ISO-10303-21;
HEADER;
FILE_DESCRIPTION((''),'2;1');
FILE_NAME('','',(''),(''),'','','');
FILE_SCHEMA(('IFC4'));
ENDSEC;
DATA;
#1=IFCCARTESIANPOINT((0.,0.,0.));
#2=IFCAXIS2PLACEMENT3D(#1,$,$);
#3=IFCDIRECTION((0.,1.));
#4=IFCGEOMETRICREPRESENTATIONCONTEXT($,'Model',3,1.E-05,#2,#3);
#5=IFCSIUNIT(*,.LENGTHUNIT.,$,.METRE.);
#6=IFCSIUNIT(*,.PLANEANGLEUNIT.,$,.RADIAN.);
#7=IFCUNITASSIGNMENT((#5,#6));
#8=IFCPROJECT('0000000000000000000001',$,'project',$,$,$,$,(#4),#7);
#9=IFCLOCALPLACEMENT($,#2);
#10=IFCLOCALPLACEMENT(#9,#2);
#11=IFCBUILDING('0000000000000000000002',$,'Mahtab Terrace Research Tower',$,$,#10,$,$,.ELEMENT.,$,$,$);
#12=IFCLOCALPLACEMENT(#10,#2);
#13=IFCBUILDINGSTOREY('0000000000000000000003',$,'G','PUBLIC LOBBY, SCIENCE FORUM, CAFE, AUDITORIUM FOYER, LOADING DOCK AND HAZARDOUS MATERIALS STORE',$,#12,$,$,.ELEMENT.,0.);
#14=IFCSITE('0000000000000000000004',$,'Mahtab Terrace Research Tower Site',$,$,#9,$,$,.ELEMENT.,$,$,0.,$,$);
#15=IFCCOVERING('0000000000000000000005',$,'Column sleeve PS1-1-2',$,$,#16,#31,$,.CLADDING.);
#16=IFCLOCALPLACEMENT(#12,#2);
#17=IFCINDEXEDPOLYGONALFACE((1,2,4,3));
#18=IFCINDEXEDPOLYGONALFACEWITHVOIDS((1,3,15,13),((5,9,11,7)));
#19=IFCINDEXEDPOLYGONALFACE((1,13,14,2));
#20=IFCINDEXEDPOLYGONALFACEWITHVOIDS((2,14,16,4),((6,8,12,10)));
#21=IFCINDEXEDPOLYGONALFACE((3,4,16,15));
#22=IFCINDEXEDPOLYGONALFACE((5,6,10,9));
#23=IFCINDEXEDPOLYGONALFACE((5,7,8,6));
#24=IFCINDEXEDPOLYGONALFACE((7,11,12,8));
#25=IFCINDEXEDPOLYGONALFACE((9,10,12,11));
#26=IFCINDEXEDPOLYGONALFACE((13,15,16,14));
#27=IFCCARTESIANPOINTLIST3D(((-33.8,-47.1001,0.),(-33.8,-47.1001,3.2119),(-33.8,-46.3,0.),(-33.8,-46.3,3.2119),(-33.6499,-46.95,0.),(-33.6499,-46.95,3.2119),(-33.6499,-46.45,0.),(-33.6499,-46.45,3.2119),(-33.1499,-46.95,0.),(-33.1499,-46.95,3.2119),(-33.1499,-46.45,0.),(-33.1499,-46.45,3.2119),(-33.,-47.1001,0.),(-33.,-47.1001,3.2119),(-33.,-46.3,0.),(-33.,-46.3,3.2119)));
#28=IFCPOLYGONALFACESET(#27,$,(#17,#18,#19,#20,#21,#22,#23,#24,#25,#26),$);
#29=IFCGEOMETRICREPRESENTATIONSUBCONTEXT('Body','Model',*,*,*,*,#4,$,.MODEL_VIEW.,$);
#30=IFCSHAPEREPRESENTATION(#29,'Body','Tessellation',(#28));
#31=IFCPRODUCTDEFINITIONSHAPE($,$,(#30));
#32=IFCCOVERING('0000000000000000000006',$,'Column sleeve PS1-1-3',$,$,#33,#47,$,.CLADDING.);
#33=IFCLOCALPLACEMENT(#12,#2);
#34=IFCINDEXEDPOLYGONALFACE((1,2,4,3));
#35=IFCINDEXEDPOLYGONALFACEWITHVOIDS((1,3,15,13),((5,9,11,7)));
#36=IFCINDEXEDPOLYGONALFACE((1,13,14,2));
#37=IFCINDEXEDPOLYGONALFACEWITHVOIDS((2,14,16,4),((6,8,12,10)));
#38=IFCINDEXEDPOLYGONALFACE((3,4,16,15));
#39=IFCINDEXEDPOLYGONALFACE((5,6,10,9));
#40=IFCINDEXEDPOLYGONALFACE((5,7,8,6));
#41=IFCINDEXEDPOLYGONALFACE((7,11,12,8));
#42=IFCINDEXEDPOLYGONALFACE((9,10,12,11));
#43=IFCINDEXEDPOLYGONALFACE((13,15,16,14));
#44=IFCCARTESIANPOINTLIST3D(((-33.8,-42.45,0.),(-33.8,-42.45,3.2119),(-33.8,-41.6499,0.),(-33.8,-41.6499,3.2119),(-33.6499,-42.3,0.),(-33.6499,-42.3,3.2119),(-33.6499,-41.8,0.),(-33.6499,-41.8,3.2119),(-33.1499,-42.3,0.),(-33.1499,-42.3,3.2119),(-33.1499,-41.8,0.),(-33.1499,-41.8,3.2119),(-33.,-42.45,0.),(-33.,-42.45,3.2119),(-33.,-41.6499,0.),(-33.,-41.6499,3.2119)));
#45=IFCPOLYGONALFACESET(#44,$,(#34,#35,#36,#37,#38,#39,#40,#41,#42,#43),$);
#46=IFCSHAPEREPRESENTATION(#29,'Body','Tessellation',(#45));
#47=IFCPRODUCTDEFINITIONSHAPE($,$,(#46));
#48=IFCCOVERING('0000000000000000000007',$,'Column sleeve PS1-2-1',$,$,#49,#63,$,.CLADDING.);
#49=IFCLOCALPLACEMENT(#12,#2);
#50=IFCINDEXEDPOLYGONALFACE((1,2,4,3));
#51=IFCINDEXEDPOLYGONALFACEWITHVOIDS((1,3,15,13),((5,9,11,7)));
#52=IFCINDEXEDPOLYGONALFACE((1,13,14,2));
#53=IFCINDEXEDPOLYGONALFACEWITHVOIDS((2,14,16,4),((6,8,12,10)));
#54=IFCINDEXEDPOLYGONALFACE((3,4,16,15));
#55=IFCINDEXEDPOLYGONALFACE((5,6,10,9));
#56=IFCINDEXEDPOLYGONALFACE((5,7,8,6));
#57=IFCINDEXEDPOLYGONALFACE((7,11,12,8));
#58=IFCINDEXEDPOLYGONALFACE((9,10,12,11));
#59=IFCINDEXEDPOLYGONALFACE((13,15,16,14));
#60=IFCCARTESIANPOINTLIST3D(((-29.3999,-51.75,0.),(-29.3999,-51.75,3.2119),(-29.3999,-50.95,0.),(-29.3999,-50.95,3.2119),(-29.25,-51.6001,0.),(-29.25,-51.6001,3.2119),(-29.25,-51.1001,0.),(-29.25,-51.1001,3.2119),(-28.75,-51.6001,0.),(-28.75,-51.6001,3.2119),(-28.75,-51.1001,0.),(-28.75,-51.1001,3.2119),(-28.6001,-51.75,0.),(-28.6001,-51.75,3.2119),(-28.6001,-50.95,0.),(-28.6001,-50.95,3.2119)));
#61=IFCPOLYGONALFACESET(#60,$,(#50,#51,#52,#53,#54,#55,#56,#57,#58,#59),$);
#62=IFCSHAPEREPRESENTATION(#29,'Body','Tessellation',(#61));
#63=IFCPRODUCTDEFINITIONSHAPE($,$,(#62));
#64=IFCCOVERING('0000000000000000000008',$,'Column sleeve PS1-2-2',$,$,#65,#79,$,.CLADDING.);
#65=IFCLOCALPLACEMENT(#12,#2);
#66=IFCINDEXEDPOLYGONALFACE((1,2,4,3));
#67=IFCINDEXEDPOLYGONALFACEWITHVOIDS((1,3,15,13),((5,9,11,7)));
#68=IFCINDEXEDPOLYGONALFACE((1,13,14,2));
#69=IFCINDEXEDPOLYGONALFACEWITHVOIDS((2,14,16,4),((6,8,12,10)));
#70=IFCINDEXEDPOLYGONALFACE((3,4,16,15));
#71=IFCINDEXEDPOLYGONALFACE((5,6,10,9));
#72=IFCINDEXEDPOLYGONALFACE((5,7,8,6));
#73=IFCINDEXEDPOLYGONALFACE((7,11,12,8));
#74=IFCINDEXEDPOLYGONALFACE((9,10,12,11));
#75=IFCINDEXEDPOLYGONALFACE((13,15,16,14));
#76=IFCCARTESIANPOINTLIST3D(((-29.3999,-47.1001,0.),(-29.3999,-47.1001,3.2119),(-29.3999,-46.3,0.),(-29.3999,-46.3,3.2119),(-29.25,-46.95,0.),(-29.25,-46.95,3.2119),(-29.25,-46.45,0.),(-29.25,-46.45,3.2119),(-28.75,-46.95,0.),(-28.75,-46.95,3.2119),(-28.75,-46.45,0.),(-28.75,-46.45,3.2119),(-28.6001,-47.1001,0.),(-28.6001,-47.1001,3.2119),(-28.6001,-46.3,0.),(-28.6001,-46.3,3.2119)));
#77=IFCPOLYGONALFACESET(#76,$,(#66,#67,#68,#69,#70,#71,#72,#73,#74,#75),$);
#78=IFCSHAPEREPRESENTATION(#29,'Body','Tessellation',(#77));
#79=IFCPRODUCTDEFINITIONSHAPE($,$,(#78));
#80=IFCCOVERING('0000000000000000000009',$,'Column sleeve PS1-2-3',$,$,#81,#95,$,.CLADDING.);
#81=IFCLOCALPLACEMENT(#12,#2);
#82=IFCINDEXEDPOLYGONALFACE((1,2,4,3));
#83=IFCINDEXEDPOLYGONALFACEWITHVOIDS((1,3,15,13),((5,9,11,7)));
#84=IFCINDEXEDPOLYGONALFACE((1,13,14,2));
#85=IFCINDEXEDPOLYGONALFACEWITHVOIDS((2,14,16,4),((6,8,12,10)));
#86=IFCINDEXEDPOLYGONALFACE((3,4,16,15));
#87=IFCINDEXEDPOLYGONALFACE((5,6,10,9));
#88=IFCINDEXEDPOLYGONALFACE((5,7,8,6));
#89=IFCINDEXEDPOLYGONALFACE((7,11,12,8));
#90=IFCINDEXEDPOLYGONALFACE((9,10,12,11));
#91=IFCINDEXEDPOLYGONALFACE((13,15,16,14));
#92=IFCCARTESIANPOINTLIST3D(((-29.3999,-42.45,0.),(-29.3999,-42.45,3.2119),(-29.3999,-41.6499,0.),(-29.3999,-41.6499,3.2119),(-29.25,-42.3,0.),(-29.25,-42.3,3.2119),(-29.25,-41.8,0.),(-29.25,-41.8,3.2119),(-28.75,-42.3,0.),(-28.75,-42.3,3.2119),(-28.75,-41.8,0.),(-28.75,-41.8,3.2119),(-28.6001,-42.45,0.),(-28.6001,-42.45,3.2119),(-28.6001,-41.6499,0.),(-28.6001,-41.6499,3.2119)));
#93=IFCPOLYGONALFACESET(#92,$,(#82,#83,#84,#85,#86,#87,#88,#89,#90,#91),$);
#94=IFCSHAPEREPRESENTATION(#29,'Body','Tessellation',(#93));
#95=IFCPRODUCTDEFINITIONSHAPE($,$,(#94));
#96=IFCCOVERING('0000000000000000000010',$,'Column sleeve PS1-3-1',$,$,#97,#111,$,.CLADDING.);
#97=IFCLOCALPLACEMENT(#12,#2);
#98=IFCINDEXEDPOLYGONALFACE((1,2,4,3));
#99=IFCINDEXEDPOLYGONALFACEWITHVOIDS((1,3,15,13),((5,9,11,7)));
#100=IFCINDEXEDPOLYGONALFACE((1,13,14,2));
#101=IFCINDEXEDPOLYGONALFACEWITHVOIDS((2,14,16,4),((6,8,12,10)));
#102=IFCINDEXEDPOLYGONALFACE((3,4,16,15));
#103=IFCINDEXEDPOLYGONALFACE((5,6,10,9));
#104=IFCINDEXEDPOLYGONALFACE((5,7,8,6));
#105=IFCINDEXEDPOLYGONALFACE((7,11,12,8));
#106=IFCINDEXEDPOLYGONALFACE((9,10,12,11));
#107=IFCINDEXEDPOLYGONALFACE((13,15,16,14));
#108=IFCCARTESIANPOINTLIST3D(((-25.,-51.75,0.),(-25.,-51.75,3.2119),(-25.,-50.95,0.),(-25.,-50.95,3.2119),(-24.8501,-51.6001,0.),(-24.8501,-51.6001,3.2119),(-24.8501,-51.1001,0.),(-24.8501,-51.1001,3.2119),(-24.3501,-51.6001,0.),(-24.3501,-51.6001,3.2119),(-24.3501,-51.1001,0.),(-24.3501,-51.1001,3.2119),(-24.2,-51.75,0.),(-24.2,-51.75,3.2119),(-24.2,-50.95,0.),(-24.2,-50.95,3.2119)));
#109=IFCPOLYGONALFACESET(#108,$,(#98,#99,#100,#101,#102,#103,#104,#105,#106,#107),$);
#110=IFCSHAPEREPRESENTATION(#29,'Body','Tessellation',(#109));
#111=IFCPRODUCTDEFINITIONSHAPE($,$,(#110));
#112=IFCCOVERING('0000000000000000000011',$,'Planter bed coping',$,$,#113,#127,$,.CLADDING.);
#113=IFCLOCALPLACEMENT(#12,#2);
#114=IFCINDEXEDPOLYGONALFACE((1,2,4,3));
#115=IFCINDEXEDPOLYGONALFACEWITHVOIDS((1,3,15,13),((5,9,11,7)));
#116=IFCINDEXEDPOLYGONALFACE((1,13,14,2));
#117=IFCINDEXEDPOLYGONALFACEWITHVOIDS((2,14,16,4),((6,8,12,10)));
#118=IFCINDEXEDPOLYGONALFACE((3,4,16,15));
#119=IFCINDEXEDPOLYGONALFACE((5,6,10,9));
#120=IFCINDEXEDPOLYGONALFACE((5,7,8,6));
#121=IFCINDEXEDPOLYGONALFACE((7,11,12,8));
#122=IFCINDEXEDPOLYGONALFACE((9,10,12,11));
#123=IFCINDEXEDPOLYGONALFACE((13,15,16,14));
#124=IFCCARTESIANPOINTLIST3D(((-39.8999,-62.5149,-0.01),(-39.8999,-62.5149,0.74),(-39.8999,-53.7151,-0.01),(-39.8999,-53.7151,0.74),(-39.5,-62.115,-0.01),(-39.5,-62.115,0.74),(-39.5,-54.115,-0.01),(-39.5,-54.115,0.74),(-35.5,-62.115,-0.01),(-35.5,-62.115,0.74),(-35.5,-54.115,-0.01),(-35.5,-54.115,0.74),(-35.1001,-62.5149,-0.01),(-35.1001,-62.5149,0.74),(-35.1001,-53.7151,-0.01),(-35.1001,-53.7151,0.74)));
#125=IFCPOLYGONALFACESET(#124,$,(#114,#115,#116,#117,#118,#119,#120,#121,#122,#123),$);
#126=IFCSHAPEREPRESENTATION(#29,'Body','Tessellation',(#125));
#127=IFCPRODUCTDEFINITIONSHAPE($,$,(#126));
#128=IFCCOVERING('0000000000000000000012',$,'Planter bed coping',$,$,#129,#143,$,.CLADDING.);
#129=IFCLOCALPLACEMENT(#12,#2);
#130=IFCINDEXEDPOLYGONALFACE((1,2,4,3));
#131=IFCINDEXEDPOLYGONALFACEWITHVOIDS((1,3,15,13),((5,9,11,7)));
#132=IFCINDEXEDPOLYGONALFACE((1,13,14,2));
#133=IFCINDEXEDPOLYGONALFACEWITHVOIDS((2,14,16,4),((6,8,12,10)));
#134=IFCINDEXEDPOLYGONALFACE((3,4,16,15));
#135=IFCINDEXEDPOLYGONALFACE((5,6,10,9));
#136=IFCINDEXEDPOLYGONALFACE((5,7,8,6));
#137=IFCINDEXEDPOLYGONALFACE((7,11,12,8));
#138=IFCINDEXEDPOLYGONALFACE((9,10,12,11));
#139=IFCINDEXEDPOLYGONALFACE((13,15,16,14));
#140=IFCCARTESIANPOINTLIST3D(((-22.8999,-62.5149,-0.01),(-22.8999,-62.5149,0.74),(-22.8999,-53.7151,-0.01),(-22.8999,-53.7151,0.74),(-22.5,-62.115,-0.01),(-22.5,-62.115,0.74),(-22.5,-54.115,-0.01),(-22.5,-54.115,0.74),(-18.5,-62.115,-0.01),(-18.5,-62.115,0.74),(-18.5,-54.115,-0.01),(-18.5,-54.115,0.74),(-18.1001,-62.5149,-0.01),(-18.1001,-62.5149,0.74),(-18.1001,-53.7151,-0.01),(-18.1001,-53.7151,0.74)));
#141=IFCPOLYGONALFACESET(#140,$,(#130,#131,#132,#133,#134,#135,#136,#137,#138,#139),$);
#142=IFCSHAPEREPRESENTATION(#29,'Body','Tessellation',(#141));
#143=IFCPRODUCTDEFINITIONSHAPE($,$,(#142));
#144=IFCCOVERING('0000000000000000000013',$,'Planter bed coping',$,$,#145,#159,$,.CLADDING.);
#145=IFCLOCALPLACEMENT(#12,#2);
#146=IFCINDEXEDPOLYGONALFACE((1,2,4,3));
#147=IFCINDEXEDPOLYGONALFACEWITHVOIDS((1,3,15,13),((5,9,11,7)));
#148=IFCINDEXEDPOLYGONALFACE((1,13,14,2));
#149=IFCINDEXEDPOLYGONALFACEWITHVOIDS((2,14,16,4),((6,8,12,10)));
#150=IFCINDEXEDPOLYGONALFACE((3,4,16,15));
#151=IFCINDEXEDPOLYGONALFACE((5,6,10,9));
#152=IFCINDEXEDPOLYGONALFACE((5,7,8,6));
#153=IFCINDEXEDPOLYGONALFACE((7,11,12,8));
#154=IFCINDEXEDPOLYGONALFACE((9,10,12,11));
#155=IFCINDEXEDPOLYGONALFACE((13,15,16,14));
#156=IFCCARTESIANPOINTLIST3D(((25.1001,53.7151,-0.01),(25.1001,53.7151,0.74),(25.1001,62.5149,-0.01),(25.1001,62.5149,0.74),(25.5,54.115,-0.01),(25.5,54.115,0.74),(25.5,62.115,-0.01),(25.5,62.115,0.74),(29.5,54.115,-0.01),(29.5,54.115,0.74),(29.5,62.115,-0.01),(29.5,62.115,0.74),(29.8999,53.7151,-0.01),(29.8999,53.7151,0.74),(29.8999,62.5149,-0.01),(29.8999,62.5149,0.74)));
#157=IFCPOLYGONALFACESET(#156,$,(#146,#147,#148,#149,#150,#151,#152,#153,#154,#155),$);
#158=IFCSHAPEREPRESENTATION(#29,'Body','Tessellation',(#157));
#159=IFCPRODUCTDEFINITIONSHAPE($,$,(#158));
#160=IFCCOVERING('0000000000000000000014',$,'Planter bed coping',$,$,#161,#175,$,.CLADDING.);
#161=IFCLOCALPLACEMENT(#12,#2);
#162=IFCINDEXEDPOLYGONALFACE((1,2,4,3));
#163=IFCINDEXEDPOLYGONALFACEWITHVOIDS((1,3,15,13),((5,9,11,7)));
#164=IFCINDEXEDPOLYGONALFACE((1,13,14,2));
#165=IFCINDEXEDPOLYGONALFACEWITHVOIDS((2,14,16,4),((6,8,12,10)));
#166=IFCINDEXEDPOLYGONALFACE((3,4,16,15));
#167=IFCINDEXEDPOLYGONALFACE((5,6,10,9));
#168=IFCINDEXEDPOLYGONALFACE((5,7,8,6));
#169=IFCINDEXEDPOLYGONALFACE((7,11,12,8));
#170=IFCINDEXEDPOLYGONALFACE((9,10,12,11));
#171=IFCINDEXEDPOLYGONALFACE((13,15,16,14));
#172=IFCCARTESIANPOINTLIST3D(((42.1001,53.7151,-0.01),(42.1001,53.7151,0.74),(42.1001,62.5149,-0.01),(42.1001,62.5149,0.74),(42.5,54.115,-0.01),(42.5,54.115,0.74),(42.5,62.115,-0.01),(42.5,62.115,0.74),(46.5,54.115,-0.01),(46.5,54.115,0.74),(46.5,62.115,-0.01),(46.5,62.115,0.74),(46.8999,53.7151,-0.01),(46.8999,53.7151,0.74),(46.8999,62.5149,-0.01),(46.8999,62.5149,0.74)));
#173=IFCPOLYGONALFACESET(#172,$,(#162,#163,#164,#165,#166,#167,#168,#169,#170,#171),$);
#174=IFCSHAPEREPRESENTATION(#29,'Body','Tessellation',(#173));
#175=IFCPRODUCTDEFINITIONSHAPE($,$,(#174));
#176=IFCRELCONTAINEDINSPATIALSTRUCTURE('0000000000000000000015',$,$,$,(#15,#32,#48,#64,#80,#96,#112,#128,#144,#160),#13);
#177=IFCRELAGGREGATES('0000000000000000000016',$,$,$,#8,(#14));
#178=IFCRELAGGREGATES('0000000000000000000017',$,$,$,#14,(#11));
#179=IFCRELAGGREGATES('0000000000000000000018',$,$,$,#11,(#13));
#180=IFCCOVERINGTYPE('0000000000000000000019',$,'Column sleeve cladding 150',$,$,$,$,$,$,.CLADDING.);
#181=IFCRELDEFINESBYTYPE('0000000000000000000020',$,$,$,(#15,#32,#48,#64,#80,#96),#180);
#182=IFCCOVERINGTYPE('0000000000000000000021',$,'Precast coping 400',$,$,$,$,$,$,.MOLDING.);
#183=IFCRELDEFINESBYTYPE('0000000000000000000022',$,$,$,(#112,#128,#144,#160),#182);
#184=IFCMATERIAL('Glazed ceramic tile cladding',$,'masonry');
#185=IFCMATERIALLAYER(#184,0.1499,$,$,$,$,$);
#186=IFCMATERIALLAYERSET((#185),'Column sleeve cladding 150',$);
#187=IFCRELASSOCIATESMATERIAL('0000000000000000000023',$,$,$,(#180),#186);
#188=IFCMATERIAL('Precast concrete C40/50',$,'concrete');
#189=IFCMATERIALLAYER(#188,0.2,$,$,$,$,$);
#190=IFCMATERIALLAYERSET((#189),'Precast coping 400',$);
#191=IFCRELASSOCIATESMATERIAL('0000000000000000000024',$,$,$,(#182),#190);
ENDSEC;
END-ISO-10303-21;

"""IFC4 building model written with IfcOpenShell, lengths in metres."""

from ifc_helpers import new_model, si_unit, direction, frame, origin, place, context, subcontext, project, spatial, polyline, outline, extrude, material, layer, layer_set, type_object, element, save


model = new_model("IFC4")

# Units and contexts
model_context = context("Model", 3, precision=1e-05, world=origin(), true_north=direction((0.0, 1.0)))
body_context = subcontext(model_context, "Body", "Model", "MODEL_VIEW")
ifc_project = project(units=[si_unit("LENGTHUNIT", "METRE"), si_unit("PLANEANGLEUNIT", "RADIAN")], contexts=[model_context])

# Site, building, storey
site_placement = place(None, origin())
site = spatial("IfcSite", under=ifc_project, at=site_placement, Name="Mahtab Terrace Research Tower Site", CompositionType="ELEMENT", RefElevation=0.0)
building_placement = place(site_placement, origin())
building = spatial("IfcBuilding", under=site, at=building_placement, Name="Mahtab Terrace Research Tower", CompositionType="ELEMENT")
storey_placement = place(building_placement, origin())
storey = spatial("IfcBuildingStorey", under=building, at=storey_placement, Name="G", Description="PUBLIC LOBBY, SCIENCE FORUM, CAFE, AUDITORIUM FOYER, LOADING DOCK AND HAZARDOUS MATERIALS STORE", CompositionType="ELEMENT", Elevation=0.0)

# Coverings
ifc_material_1 = material(Name="Glazed ceramic tile cladding", Category="masonry")
ifc_layer_1 = layer(ifc_material_1, 0.1499)
ifc_layer_set_1 = layer_set([ifc_layer_1], Name="Column sleeve cladding 150")
covering_type_1 = type_object("IfcCoveringType", Name="Column sleeve cladding 150", PredefinedType="CLADDING", material=ifc_layer_set_1)
covering_1_placement = place(storey_placement, origin())
element("IfcCovering", 1, at=covering_1_placement, inside=storey, type_object=covering_type_1, Name="Column sleeve PS1-1-2", PredefinedType="CLADDING", context=body_context, shape_type="SweptSolid", body=[
    extrude(outline(polyline([(-33.8, -47.1001), (-33.0, -47.1001), (-33.0, -46.3), (-33.8, -46.3), (-33.8, -47.1001)]), holes=[polyline([(-33.6499, -46.95), (-33.1499, -46.95), (-33.1499, -46.45), (-33.6499, -46.45), (-33.6499, -46.95)])]), origin(), (0.0, 0.0, 1.0), 3.2119),
])
covering_2_placement = place(storey_placement, origin())
element("IfcCovering", 2, at=covering_2_placement, inside=storey, type_object=covering_type_1, Name="Column sleeve PS1-1-3", PredefinedType="CLADDING", context=body_context, shape_type="SweptSolid", body=[
    extrude(outline(polyline([(-33.8, -42.45), (-33.0, -42.45), (-33.0, -41.6499), (-33.8, -41.6499), (-33.8, -42.45)]), holes=[polyline([(-33.6499, -42.3), (-33.1499, -42.3), (-33.1499, -41.8), (-33.6499, -41.8), (-33.6499, -42.3)])]), origin(), (0.0, 0.0, 1.0), 3.2119),
])
covering_3_placement = place(storey_placement, origin())
element("IfcCovering", 3, at=covering_3_placement, inside=storey, type_object=covering_type_1, Name="Column sleeve PS1-2-1", PredefinedType="CLADDING", context=body_context, shape_type="SweptSolid", body=[
    extrude(outline(polyline([(-29.3999, -51.75), (-28.6001, -51.75), (-28.6001, -50.95), (-29.3999, -50.95), (-29.3999, -51.75)]), holes=[polyline([(-29.25, -51.6001), (-28.75, -51.6001), (-28.75, -51.1001), (-29.25, -51.1001), (-29.25, -51.6001)])]), origin(), (0.0, 0.0, 1.0), 3.2119),
])
covering_4_placement = place(storey_placement, origin())
element("IfcCovering", 4, at=covering_4_placement, inside=storey, type_object=covering_type_1, Name="Column sleeve PS1-2-2", PredefinedType="CLADDING", context=body_context, shape_type="SweptSolid", body=[
    extrude(outline(polyline([(-29.3999, -47.1001), (-28.6001, -47.1001), (-28.6001, -46.3), (-29.3999, -46.3), (-29.3999, -47.1001)]), holes=[polyline([(-29.25, -46.95), (-28.75, -46.95), (-28.75, -46.45), (-29.25, -46.45), (-29.25, -46.95)])]), origin(), (0.0, 0.0, 1.0), 3.2119),
])
covering_5_placement = place(storey_placement, origin())
element("IfcCovering", 5, at=covering_5_placement, inside=storey, type_object=covering_type_1, Name="Column sleeve PS1-2-3", PredefinedType="CLADDING", context=body_context, shape_type="SweptSolid", body=[
    extrude(outline(polyline([(-29.3999, -42.45), (-28.6001, -42.45), (-28.6001, -41.6499), (-29.3999, -41.6499), (-29.3999, -42.45)]), holes=[polyline([(-29.25, -42.3), (-28.75, -42.3), (-28.75, -41.8), (-29.25, -41.8), (-29.25, -42.3)])]), origin(), (0.0, 0.0, 1.0), 3.2119),
])
covering_6_placement = place(storey_placement, origin())
element("IfcCovering", 6, at=covering_6_placement, inside=storey, type_object=covering_type_1, Name="Column sleeve PS1-3-1", PredefinedType="CLADDING", context=body_context, shape_type="SweptSolid", body=[
    extrude(outline(polyline([(-25.0, -51.75), (-24.2, -51.75), (-24.2, -50.95), (-25.0, -50.95), (-25.0, -51.75)]), holes=[polyline([(-24.8501, -51.6001), (-24.3501, -51.6001), (-24.3501, -51.1001), (-24.8501, -51.1001), (-24.8501, -51.6001)])]), origin(), (0.0, 0.0, 1.0), 3.2119),
])
ifc_material_2 = material(Name="Precast concrete C40/50", Category="concrete")
ifc_layer_2 = layer(ifc_material_2, 0.2)
ifc_layer_set_2 = layer_set([ifc_layer_2], Name="Precast coping 400")
covering_type_2 = type_object("IfcCoveringType", Name="Precast coping 400", PredefinedType="MOLDING", material=ifc_layer_set_2)
covering_7_placement = place(storey_placement, frame((0.0, 0.0, -0.01)))
element("IfcCovering", 7, at=covering_7_placement, inside=storey, type_object=covering_type_2, Name="Planter bed coping", PredefinedType="CLADDING", context=body_context, shape_type="SweptSolid", body=[
    extrude(outline(polyline([(-39.8999, -62.5149), (-39.8999, -53.7151), (-35.1001, -53.7151), (-35.1001, -62.5149), (-39.8999, -62.5149)]), holes=[polyline([(-35.5, -54.115), (-39.5, -54.115), (-39.5, -62.115), (-35.5, -62.115), (-35.5, -54.115)])]), origin(), (0.0, 0.0, 1.0), 0.75),
])
covering_8_placement = place(storey_placement, frame((0.0, 0.0, -0.01)))
element("IfcCovering", 8, at=covering_8_placement, inside=storey, type_object=covering_type_2, Name="Planter bed coping", PredefinedType="CLADDING", context=body_context, shape_type="SweptSolid", body=[
    extrude(outline(polyline([(-22.8999, -62.5149), (-22.8999, -53.7151), (-18.1001, -53.7151), (-18.1001, -62.5149), (-22.8999, -62.5149)]), holes=[polyline([(-18.5, -54.115), (-22.5, -54.115), (-22.5, -62.115), (-18.5, -62.115), (-18.5, -54.115)])]), origin(), (0.0, 0.0, 1.0), 0.75),
])
covering_9_placement = place(storey_placement, frame((0.0, 0.0, -0.01)))
element("IfcCovering", 9, at=covering_9_placement, inside=storey, type_object=covering_type_2, Name="Planter bed coping", PredefinedType="CLADDING", context=body_context, shape_type="SweptSolid", body=[
    extrude(outline(polyline([(25.1001, 53.7151), (25.1001, 62.5149), (29.8999, 62.5149), (29.8999, 53.7151), (25.1001, 53.7151)]), holes=[polyline([(29.5, 62.115), (25.5, 62.115), (25.5, 54.115), (29.5, 54.115), (29.5, 62.115)])]), origin(), (0.0, 0.0, 1.0), 0.75),
])
covering_10_placement = place(storey_placement, frame((0.0, 0.0, -0.01)))
element("IfcCovering", 10, at=covering_10_placement, inside=storey, type_object=covering_type_2, Name="Planter bed coping", PredefinedType="CLADDING", context=body_context, shape_type="SweptSolid", body=[
    extrude(outline(polyline([(42.1001, 53.7151), (42.1001, 62.5149), (46.8999, 62.5149), (46.8999, 53.7151), (42.1001, 53.7151)]), holes=[polyline([(46.5, 62.115), (42.5, 62.115), (42.5, 54.115), (46.5, 54.115), (46.5, 62.115)])]), origin(), (0.0, 0.0, 1.0), 0.75),
])

save(model, "model.ifc")
